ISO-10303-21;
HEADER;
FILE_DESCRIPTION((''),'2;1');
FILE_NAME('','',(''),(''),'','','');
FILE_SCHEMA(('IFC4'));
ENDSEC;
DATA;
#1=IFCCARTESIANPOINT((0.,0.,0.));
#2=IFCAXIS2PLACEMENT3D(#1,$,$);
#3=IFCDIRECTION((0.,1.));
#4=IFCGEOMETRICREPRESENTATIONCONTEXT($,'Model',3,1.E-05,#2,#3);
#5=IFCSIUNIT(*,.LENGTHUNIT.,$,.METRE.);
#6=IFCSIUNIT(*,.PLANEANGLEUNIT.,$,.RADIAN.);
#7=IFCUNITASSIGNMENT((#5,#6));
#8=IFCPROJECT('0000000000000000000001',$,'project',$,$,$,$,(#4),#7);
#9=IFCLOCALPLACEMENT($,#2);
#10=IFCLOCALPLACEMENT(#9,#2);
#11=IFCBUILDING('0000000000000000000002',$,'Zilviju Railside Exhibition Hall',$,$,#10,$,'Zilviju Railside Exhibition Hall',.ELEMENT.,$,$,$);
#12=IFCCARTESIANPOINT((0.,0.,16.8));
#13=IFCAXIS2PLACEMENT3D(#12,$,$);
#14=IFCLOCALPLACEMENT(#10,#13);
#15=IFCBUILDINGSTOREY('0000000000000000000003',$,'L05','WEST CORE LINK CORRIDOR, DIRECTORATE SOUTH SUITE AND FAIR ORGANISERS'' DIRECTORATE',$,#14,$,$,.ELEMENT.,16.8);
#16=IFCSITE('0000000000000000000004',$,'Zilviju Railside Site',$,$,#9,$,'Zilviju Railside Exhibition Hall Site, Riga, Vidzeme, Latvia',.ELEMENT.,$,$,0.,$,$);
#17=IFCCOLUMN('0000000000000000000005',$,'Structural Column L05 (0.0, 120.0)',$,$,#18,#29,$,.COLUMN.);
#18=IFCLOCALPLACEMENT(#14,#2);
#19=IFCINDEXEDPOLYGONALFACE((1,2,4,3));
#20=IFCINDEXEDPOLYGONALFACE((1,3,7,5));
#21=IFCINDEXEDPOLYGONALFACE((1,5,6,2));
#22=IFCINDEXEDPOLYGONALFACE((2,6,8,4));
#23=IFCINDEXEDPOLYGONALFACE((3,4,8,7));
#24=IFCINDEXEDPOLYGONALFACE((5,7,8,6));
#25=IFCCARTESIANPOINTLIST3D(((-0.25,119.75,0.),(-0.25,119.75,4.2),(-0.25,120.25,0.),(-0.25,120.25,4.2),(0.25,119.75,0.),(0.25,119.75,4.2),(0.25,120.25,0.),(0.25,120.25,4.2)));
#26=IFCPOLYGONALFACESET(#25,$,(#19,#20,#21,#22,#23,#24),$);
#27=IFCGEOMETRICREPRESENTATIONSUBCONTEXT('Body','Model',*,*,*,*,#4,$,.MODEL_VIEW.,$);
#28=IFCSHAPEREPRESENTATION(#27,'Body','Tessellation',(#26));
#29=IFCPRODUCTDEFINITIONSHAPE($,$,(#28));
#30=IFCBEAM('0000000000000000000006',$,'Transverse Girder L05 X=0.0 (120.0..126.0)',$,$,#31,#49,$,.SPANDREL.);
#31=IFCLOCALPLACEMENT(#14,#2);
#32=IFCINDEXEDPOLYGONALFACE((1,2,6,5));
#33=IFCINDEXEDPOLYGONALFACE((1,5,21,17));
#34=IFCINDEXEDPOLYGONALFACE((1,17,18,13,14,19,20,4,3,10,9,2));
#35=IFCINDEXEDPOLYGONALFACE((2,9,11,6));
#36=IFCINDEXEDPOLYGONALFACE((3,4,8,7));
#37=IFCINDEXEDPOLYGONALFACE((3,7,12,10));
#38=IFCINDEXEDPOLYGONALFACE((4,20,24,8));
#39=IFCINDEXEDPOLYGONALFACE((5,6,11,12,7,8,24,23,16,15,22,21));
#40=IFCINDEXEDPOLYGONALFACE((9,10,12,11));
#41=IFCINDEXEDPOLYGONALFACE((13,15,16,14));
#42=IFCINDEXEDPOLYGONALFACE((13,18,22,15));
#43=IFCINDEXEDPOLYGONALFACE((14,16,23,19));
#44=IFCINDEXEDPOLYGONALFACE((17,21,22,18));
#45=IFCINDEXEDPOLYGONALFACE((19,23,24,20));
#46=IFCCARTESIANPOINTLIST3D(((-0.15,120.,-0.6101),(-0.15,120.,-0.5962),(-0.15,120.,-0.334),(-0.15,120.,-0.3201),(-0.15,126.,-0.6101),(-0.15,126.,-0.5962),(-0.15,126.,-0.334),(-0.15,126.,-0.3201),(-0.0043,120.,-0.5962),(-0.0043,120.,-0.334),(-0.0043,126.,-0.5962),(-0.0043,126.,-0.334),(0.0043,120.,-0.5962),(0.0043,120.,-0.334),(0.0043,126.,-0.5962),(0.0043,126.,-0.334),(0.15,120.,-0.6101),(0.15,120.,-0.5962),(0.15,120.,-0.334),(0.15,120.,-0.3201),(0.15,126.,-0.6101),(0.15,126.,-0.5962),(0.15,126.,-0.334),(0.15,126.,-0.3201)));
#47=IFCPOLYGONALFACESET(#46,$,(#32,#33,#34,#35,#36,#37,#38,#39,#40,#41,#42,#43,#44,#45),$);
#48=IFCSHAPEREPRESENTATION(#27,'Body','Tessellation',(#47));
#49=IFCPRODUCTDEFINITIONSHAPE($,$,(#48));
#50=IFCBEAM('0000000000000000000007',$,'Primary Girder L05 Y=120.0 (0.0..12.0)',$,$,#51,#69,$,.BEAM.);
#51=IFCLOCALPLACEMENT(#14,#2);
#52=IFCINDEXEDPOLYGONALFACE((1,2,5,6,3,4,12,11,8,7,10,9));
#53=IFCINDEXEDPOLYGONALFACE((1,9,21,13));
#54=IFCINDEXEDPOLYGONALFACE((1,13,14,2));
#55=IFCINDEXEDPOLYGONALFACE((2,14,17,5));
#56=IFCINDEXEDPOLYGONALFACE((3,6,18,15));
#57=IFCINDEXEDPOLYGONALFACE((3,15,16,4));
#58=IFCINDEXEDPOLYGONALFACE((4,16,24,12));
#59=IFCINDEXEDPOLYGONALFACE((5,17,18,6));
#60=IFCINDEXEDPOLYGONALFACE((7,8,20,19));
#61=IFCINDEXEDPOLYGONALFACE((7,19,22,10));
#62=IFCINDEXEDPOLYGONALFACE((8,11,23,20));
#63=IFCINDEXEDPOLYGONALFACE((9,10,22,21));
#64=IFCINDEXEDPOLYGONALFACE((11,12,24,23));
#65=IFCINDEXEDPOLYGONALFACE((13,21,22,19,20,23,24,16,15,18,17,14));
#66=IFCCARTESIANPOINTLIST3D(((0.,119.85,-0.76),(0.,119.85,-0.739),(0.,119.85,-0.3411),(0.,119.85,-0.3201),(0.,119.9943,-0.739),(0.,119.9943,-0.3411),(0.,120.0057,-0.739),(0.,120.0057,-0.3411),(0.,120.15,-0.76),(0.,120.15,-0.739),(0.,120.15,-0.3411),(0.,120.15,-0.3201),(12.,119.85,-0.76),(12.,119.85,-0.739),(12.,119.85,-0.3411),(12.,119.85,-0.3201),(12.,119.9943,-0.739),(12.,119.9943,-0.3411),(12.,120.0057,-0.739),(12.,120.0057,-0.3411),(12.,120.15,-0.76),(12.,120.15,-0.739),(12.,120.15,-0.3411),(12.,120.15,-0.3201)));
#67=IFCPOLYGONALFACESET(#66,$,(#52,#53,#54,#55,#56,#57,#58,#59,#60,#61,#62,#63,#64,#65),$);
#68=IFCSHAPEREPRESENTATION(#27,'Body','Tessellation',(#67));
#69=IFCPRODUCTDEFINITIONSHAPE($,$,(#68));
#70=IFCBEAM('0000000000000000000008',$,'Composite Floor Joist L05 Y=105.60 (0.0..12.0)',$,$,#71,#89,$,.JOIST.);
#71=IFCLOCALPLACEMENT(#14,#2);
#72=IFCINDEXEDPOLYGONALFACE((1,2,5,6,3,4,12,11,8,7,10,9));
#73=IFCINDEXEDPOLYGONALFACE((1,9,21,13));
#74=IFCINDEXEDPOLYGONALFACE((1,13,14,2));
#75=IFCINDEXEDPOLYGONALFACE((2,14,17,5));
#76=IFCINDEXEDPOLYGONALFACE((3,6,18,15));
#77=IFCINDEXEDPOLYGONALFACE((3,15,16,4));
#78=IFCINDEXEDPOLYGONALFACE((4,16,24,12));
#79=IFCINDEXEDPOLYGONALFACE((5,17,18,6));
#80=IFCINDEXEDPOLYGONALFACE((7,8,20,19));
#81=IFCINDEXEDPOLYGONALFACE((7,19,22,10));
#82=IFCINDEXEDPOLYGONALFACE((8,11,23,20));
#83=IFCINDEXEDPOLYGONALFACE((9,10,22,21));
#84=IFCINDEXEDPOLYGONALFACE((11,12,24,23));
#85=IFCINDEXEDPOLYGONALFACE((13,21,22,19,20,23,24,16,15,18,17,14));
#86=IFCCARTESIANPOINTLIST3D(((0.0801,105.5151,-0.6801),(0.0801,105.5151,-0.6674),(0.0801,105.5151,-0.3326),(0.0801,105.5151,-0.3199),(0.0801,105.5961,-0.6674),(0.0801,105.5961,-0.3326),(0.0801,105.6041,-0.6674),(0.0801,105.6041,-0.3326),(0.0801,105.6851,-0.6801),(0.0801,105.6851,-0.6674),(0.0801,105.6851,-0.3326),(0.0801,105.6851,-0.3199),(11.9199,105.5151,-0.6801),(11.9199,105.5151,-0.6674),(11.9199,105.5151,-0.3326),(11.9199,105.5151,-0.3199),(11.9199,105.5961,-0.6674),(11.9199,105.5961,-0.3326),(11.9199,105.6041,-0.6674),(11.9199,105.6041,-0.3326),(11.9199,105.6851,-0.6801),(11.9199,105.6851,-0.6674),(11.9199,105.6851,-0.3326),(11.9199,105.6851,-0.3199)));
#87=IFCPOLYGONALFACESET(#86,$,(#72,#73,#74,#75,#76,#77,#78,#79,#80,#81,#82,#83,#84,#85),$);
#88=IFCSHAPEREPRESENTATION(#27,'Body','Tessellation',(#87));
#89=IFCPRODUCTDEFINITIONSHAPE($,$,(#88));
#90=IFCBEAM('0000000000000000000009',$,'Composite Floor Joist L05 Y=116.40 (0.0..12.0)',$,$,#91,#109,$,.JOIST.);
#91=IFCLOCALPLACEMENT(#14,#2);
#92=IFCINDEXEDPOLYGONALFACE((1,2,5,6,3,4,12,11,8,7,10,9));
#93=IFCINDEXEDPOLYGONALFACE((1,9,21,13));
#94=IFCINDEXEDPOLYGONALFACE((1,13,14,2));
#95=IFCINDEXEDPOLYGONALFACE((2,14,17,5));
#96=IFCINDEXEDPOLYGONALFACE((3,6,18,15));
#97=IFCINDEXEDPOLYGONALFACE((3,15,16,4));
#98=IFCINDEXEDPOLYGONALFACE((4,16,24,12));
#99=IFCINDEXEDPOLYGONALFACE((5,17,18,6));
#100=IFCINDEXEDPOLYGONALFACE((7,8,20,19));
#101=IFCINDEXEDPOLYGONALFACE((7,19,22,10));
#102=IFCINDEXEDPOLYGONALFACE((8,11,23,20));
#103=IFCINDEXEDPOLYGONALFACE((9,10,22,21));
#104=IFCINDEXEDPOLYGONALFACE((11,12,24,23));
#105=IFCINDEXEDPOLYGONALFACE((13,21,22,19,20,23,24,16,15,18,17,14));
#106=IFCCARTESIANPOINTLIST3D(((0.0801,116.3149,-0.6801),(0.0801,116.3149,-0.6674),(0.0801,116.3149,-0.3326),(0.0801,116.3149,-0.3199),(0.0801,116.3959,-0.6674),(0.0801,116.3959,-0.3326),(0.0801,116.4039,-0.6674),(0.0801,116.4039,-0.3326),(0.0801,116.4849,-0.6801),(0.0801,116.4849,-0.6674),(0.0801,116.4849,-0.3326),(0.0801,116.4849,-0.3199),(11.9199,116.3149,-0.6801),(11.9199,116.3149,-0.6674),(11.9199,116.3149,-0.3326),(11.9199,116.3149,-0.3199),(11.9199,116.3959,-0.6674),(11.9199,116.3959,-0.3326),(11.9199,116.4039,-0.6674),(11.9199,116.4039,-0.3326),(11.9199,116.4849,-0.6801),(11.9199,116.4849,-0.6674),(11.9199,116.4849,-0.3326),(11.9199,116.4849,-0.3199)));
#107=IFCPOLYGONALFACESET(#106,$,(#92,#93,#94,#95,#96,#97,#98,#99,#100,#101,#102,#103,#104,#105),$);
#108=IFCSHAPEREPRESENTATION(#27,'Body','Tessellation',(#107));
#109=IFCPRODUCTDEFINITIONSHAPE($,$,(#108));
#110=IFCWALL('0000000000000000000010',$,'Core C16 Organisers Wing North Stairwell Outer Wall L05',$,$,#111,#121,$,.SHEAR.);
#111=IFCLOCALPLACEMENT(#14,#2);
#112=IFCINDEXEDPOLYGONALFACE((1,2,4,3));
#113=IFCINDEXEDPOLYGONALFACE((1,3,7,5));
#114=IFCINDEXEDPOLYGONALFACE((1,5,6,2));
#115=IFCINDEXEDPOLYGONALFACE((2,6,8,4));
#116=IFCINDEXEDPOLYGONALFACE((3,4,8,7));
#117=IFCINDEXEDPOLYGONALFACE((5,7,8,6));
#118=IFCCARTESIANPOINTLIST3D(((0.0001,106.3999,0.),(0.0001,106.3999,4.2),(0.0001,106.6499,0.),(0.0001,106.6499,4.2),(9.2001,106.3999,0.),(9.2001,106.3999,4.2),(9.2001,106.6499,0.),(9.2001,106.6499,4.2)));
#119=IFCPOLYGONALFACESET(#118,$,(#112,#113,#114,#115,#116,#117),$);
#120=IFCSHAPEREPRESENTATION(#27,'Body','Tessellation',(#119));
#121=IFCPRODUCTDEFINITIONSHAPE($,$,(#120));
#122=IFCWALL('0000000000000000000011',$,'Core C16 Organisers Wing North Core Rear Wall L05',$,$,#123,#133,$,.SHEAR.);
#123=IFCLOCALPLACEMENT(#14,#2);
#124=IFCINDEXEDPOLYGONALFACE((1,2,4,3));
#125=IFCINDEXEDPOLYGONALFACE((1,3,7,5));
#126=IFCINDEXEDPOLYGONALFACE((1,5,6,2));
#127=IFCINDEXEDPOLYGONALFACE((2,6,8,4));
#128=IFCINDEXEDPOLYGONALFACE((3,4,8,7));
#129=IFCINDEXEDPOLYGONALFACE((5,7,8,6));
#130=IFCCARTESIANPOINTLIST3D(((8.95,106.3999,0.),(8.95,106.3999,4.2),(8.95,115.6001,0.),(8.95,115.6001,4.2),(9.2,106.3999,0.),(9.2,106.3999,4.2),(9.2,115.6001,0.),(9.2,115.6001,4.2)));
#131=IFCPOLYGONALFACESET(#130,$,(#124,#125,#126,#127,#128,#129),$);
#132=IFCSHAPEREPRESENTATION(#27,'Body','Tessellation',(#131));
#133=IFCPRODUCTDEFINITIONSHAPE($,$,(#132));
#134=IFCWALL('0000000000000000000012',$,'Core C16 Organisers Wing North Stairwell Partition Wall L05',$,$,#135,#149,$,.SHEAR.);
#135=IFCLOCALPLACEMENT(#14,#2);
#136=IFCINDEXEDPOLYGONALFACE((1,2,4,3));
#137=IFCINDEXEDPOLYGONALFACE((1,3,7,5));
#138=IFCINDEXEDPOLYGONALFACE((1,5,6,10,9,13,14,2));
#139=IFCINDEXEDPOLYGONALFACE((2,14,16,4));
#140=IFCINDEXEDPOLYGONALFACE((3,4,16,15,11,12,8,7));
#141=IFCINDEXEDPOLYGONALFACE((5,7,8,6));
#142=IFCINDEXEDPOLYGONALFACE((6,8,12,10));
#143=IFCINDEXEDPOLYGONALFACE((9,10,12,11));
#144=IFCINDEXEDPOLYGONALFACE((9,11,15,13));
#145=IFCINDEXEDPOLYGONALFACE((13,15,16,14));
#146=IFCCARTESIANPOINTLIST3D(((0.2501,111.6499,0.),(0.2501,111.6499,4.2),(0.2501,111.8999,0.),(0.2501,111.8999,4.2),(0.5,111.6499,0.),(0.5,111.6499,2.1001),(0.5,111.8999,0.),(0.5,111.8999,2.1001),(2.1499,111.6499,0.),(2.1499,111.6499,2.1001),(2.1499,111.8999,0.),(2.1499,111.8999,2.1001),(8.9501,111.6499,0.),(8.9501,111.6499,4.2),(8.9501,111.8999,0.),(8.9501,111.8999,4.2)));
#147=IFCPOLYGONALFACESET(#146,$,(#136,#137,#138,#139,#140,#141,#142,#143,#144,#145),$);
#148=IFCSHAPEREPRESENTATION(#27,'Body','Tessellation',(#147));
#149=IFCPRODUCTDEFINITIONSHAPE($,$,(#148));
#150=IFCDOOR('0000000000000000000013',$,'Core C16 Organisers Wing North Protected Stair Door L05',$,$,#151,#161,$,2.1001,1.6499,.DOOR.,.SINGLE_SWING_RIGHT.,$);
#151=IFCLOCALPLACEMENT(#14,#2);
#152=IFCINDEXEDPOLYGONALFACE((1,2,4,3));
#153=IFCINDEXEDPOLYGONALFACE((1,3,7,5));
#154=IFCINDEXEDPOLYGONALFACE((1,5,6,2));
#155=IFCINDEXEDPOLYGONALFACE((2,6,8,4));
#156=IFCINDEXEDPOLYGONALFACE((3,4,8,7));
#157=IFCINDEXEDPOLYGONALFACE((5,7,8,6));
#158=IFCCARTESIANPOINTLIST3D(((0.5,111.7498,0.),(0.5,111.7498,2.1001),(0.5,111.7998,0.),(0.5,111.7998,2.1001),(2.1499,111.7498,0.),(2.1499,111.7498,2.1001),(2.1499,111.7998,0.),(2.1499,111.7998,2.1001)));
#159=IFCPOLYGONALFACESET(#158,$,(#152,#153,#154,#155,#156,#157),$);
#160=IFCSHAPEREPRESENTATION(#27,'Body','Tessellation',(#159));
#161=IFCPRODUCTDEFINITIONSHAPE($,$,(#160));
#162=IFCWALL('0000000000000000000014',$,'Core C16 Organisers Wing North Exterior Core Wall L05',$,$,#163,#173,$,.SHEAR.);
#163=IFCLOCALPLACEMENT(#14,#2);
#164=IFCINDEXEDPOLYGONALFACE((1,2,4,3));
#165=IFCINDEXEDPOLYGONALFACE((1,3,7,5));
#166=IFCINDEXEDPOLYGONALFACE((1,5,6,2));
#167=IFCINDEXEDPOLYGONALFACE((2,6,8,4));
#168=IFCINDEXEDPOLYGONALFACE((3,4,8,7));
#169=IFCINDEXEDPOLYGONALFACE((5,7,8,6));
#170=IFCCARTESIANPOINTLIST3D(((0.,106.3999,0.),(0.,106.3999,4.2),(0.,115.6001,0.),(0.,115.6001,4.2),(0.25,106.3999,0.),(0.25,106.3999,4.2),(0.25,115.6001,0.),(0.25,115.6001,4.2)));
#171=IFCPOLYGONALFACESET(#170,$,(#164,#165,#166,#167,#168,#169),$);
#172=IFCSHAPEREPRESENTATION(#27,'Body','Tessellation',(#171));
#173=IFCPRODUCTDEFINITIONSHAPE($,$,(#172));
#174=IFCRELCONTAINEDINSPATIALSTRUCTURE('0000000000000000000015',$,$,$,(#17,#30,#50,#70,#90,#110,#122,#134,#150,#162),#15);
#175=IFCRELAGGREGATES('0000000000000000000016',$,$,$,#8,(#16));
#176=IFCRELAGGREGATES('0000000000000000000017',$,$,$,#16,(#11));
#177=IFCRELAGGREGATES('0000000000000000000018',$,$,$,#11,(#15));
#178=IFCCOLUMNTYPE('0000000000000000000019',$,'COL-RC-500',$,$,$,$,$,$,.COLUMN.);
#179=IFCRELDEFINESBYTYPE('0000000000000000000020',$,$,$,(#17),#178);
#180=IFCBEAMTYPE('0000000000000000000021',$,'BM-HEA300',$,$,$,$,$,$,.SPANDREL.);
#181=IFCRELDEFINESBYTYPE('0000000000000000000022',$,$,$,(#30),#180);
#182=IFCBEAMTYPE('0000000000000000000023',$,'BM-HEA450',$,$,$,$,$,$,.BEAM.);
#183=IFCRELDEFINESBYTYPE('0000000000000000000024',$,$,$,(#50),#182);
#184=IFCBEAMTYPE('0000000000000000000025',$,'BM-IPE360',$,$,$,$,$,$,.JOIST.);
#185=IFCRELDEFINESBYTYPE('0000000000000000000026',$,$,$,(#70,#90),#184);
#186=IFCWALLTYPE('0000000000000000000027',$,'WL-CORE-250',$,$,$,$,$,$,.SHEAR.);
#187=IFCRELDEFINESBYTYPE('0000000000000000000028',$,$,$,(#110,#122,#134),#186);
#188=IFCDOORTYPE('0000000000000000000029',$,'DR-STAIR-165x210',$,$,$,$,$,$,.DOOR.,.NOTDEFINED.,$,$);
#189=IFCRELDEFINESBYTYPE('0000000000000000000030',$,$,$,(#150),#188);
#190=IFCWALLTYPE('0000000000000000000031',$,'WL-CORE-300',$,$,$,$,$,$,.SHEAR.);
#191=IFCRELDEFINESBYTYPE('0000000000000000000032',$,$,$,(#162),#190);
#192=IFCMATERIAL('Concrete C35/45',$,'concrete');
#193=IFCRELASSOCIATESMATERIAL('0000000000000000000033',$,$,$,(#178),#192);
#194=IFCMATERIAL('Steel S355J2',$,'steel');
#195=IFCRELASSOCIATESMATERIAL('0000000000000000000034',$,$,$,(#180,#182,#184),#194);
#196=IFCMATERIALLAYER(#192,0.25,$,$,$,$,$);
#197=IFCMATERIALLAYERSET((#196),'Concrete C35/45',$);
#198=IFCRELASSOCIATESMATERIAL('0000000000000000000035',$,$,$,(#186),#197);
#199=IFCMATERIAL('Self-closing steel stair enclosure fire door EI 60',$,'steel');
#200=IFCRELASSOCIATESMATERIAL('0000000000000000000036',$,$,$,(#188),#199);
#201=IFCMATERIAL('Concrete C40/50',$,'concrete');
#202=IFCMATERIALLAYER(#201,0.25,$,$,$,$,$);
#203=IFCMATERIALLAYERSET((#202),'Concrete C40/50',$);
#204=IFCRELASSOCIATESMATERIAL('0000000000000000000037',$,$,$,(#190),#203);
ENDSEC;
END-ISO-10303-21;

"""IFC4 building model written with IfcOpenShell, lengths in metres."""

from ifc_helpers import new_model, si_unit, direction, frame, frame_2d, origin, origin_2d, place, context, subcontext, project, spatial, rectangle, i_section, extrude, material, layer, layer_set, material_profile, profile_set, type_object, element, fill, save


model = new_model("IFC4")

# Units and contexts
model_context = context("Model", 3, precision=1e-05, world=origin(), true_north=direction((0.0, 1.0)))
body_context = subcontext(model_context, "Body", "Model", "MODEL_VIEW")
ifc_project = project(units=[si_unit("LENGTHUNIT", "METRE"), si_unit("PLANEANGLEUNIT", "RADIAN")], contexts=[model_context])

# Site, building, storey
site_placement = place(None, origin())
site = spatial("IfcSite", under=ifc_project, at=site_placement, Name="Zilviju Railside Site", LongName="Zilviju Railside Exhibition Hall Site, Riga, Vidzeme, Latvia", CompositionType="ELEMENT", RefElevation=0.0)
building_placement = place(site_placement, origin())
building = spatial("IfcBuilding", under=site, at=building_placement, Name="Zilviju Railside Exhibition Hall", LongName="Zilviju Railside Exhibition Hall", CompositionType="ELEMENT")
storey_placement = place(building_placement, frame((0.0, 0.0, 16.8)))
storey = spatial("IfcBuildingStorey", under=building, at=storey_placement, Name="L05", Description="WEST CORE LINK CORRIDOR, DIRECTORATE SOUTH SUITE AND FAIR ORGANISERS' DIRECTORATE", CompositionType="ELEMENT", Elevation=16.8)

# Column
ifc_material_1 = material(Name="Concrete C35/45", Category="concrete")
ifc_material_profile_1 = material_profile(ifc_material_1, rectangle(XDim=0.5, YDim=0.5, at=origin_2d()), Name="RC COL 500x500")
ifc_profile_set_1 = profile_set([ifc_material_profile_1], Name="Concrete C35/45")
column_type = type_object("IfcColumnType", Name="COL-RC-500", PredefinedType="COLUMN", material=ifc_profile_set_1)
column_placement = place(storey_placement, frame((0.0, 120.0, 0.0), z_axis=(0.0, 0.0, 1.0), x_axis=(1.0, 0.0, 0.0)))
element("IfcColumn", 1, at=column_placement, inside=storey, type_object=column_type, Name="Structural Column L05 (0.0, 120.0)", PredefinedType="COLUMN", context=body_context, shape_type="SweptSolid", body=[
    extrude(rectangle(XDim=0.5, YDim=0.5, at=origin_2d()), origin(), (0.0, 0.0, 1.0), 4.2),
])

# Beams
ifc_material_2 = material(Name="Steel S355J2", Category="steel")
ifc_material_profile_2 = material_profile(ifc_material_2, i_section(OverallWidth=0.3, OverallDepth=0.29, WebThickness=0.0085, FlangeThickness=0.0139, at=origin_2d()), Name="HEA 300")
ifc_profile_set_2 = profile_set([ifc_material_profile_2], Name="Steel S355J2")
beam_type_1 = type_object("IfcBeamType", Name="BM-HEA300", PredefinedType="SPANDREL", material=ifc_profile_set_2)
beam_1_placement = place(storey_placement, frame((0.0, 120.0, -0.4651), z_axis=(0.0, 1.0, 0.0), x_axis=(-1.0, 0.0, 0.0)))
element("IfcBeam", 2, at=beam_1_placement, inside=storey, type_object=beam_type_1, Name="Transverse Girder L05 X=0.0 (120.0..126.0)", PredefinedType="SPANDREL", context=body_context, shape_type="SweptSolid", body=[
    extrude(i_section(OverallWidth=0.3, OverallDepth=0.29, WebThickness=0.0085, FlangeThickness=0.0139, at=origin_2d()), origin(), (0.0, 0.0, 1.0), 6.0),
])
ifc_material_profile_3 = material_profile(ifc_material_2, i_section(OverallWidth=0.3, OverallDepth=0.4399, WebThickness=0.0115, FlangeThickness=0.021, at=origin_2d()), Name="HEA 450")
ifc_profile_set_3 = profile_set([ifc_material_profile_3], Name="Steel S355J2")
beam_type_2 = type_object("IfcBeamType", Name="BM-HEA450", PredefinedType="BEAM", material=ifc_profile_set_3)
beam_2_placement = place(storey_placement, frame((0.0, 120.0, -0.54), z_axis=(1.0, 0.0, 0.0), x_axis=(0.0, 1.0, 0.0)))
element("IfcBeam", 3, at=beam_2_placement, inside=storey, type_object=beam_type_2, Name="Primary Girder L05 Y=120.0 (0.0..12.0)", PredefinedType="BEAM", context=body_context, shape_type="SweptSolid", body=[
    extrude(i_section(OverallWidth=0.3, OverallDepth=0.4399, WebThickness=0.0115, FlangeThickness=0.021, at=origin_2d()), origin(), (0.0, 0.0, 1.0), 12.0),
])
ifc_material_profile_4 = material_profile(ifc_material_2, i_section(OverallWidth=0.1699, OverallDepth=0.3601, WebThickness=0.0081, FlangeThickness=0.0127, at=origin_2d()), Name="IPE 360")
ifc_profile_set_4 = profile_set([ifc_material_profile_4], Name="Steel S355J2")
beam_type_3 = type_object("IfcBeamType", Name="BM-IPE360", PredefinedType="JOIST", material=ifc_profile_set_4)
for number, where, z_axis, x_axis, name in (
    (4, (0.0801, 105.6001, -0.5), (1.0, 0.0, 0.0), (0.0, 1.0, 0.0), "Composite Floor Joist L05 Y=105.60 (0.0..12.0)"),
    (5, (0.0801, 116.3999, -0.5), (1.0, 0.0, 0.0), (0.0, 1.0, 0.0), "Composite Floor Joist L05 Y=116.40 (0.0..12.0)"),
):
    element("IfcBeam", number, at=place(storey_placement, frame(where, z_axis=z_axis, x_axis=x_axis)), inside=storey, type_object=beam_type_3, Name=name, PredefinedType="JOIST", context=body_context, shape_type="SweptSolid", body=[
        extrude(i_section(OverallWidth=0.1699, OverallDepth=0.3601, WebThickness=0.0081, FlangeThickness=0.0127, at=origin_2d()), origin(), (0.0, 0.0, 1.0), 11.8398),
    ])

# Walls
ifc_layer_1 = layer(ifc_material_1, 0.25)
ifc_layer_set_1 = layer_set([ifc_layer_1], Name="Concrete C35/45")
wall_type_1 = type_object("IfcWallType", Name="WL-CORE-250", PredefinedType="SHEAR", material=ifc_layer_set_1)
wall_1_placement = place(storey_placement, frame((0.0, 106.5249, 0.0), z_axis=(0.0, 0.0, 1.0), x_axis=(1.0, 0.0, 0.0)))
element("IfcWall", 6, at=wall_1_placement, inside=storey, type_object=wall_type_1, Name="Core C16 Organisers Wing North Stairwell Outer Wall L05", PredefinedType="SHEAR", context=body_context, shape_type="SweptSolid", body=[
    extrude(rectangle(XDim=9.2, YDim=0.25, at=frame_2d((4.6001, 0.0))), origin(), (0.0, 0.0, 1.0), 4.2),
])
wall_2_placement = place(storey_placement, frame((9.075, 106.3999, 0.0), z_axis=(0.0, 0.0, 1.0), x_axis=(0.0, 1.0, 0.0)))
element("IfcWall", 7, at=wall_2_placement, inside=storey, type_object=wall_type_1, Name="Core C16 Organisers Wing North Core Rear Wall L05", PredefinedType="SHEAR", context=body_context, shape_type="SweptSolid", body=[
    extrude(rectangle(XDim=9.2002, YDim=0.25, at=frame_2d((4.6001, 0.0))), origin(), (0.0, 0.0, 1.0), 4.2),
])

# Wall, opening, door
wall_3_placement = place(storey_placement, frame((0.25, 111.7749, 0.0), z_axis=(0.0, 0.0, 1.0), x_axis=(1.0, 0.0, 0.0)))
wall_3 = element("IfcWall", 8, at=wall_3_placement, inside=storey, type_object=wall_type_1, Name="Core C16 Organisers Wing North Stairwell Partition Wall L05", PredefinedType="SHEAR", context=body_context, shape_type="SweptSolid", body=[
    extrude(rectangle(XDim=8.7, YDim=0.25, at=frame_2d((4.3501, 0.0))), origin(), (0.0, 0.0, 1.0), 4.2),
])
opening_1_placement = place(wall_3_placement, frame((0.25, 0.0, 0.0)))
opening_1 = element("IfcOpeningElement", 9, at=opening_1_placement, cuts=wall_3, PredefinedType="OPENING", context=body_context, shape_type="SweptSolid", body=[
    extrude(rectangle(XDim=1.6499, YDim=2.1001, at=frame_2d((0.825, 1.05))), frame((0.0, 0.135, 0.0), z_axis=(0.0, -1.0, 0.0), x_axis=(1.0, 0.0, 0.0)), (0.0, 0.0, 1.0), 0.27),
])
ifc_material_3 = material(Name="Self-closing steel stair enclosure fire door EI 60", Category="steel")
door_type_1 = type_object("IfcDoorType", Name="DR-STAIR-165x210", OperationType="NOTDEFINED", PredefinedType="DOOR", material=ifc_material_3)
door_1_placement = place(opening_1_placement, origin())
door_1 = element("IfcDoor", 10, at=door_1_placement, inside=storey, type_object=door_type_1, Name="Core C16 Organisers Wing North Protected Stair Door L05", OperationType="SINGLE_SWING_RIGHT", OverallHeight=2.1001, OverallWidth=1.6499, PredefinedType="DOOR", context=body_context, shape_type="SweptSolid", body=[
    extrude(rectangle(XDim=1.6499, YDim=2.1001, at=frame_2d((0.825, 1.05))), frame((0.0, 0.0249, 0.0), z_axis=(0.0, -1.0, 0.0), x_axis=(1.0, 0.0, 0.0)), (0.0, 0.0, 1.0), 0.05),
])
fill(opening_1, door_1)

# Wall
ifc_material_4 = material(Name="Concrete C40/50", Category="concrete")
ifc_layer_2 = layer(ifc_material_4, 0.25)
ifc_layer_set_2 = layer_set([ifc_layer_2], Name="Concrete C40/50")
wall_type_2 = type_object("IfcWallType", Name="WL-CORE-300", PredefinedType="SHEAR", material=ifc_layer_set_2)
wall_4_placement = place(storey_placement, frame((0.125, 106.3999, 0.0), z_axis=(0.0, 0.0, 1.0), x_axis=(0.0, 1.0, 0.0)))
element("IfcWall", 11, at=wall_4_placement, inside=storey, type_object=wall_type_2, Name="Core C16 Organisers Wing North Exterior Core Wall L05", PredefinedType="SHEAR", context=body_context, shape_type="SweptSolid", body=[
    extrude(rectangle(XDim=9.2002, YDim=0.25, at=frame_2d((4.6001, 0.0))), origin(), (0.0, 0.0, 1.0), 4.2),
])

save(model, "model.ifc")
